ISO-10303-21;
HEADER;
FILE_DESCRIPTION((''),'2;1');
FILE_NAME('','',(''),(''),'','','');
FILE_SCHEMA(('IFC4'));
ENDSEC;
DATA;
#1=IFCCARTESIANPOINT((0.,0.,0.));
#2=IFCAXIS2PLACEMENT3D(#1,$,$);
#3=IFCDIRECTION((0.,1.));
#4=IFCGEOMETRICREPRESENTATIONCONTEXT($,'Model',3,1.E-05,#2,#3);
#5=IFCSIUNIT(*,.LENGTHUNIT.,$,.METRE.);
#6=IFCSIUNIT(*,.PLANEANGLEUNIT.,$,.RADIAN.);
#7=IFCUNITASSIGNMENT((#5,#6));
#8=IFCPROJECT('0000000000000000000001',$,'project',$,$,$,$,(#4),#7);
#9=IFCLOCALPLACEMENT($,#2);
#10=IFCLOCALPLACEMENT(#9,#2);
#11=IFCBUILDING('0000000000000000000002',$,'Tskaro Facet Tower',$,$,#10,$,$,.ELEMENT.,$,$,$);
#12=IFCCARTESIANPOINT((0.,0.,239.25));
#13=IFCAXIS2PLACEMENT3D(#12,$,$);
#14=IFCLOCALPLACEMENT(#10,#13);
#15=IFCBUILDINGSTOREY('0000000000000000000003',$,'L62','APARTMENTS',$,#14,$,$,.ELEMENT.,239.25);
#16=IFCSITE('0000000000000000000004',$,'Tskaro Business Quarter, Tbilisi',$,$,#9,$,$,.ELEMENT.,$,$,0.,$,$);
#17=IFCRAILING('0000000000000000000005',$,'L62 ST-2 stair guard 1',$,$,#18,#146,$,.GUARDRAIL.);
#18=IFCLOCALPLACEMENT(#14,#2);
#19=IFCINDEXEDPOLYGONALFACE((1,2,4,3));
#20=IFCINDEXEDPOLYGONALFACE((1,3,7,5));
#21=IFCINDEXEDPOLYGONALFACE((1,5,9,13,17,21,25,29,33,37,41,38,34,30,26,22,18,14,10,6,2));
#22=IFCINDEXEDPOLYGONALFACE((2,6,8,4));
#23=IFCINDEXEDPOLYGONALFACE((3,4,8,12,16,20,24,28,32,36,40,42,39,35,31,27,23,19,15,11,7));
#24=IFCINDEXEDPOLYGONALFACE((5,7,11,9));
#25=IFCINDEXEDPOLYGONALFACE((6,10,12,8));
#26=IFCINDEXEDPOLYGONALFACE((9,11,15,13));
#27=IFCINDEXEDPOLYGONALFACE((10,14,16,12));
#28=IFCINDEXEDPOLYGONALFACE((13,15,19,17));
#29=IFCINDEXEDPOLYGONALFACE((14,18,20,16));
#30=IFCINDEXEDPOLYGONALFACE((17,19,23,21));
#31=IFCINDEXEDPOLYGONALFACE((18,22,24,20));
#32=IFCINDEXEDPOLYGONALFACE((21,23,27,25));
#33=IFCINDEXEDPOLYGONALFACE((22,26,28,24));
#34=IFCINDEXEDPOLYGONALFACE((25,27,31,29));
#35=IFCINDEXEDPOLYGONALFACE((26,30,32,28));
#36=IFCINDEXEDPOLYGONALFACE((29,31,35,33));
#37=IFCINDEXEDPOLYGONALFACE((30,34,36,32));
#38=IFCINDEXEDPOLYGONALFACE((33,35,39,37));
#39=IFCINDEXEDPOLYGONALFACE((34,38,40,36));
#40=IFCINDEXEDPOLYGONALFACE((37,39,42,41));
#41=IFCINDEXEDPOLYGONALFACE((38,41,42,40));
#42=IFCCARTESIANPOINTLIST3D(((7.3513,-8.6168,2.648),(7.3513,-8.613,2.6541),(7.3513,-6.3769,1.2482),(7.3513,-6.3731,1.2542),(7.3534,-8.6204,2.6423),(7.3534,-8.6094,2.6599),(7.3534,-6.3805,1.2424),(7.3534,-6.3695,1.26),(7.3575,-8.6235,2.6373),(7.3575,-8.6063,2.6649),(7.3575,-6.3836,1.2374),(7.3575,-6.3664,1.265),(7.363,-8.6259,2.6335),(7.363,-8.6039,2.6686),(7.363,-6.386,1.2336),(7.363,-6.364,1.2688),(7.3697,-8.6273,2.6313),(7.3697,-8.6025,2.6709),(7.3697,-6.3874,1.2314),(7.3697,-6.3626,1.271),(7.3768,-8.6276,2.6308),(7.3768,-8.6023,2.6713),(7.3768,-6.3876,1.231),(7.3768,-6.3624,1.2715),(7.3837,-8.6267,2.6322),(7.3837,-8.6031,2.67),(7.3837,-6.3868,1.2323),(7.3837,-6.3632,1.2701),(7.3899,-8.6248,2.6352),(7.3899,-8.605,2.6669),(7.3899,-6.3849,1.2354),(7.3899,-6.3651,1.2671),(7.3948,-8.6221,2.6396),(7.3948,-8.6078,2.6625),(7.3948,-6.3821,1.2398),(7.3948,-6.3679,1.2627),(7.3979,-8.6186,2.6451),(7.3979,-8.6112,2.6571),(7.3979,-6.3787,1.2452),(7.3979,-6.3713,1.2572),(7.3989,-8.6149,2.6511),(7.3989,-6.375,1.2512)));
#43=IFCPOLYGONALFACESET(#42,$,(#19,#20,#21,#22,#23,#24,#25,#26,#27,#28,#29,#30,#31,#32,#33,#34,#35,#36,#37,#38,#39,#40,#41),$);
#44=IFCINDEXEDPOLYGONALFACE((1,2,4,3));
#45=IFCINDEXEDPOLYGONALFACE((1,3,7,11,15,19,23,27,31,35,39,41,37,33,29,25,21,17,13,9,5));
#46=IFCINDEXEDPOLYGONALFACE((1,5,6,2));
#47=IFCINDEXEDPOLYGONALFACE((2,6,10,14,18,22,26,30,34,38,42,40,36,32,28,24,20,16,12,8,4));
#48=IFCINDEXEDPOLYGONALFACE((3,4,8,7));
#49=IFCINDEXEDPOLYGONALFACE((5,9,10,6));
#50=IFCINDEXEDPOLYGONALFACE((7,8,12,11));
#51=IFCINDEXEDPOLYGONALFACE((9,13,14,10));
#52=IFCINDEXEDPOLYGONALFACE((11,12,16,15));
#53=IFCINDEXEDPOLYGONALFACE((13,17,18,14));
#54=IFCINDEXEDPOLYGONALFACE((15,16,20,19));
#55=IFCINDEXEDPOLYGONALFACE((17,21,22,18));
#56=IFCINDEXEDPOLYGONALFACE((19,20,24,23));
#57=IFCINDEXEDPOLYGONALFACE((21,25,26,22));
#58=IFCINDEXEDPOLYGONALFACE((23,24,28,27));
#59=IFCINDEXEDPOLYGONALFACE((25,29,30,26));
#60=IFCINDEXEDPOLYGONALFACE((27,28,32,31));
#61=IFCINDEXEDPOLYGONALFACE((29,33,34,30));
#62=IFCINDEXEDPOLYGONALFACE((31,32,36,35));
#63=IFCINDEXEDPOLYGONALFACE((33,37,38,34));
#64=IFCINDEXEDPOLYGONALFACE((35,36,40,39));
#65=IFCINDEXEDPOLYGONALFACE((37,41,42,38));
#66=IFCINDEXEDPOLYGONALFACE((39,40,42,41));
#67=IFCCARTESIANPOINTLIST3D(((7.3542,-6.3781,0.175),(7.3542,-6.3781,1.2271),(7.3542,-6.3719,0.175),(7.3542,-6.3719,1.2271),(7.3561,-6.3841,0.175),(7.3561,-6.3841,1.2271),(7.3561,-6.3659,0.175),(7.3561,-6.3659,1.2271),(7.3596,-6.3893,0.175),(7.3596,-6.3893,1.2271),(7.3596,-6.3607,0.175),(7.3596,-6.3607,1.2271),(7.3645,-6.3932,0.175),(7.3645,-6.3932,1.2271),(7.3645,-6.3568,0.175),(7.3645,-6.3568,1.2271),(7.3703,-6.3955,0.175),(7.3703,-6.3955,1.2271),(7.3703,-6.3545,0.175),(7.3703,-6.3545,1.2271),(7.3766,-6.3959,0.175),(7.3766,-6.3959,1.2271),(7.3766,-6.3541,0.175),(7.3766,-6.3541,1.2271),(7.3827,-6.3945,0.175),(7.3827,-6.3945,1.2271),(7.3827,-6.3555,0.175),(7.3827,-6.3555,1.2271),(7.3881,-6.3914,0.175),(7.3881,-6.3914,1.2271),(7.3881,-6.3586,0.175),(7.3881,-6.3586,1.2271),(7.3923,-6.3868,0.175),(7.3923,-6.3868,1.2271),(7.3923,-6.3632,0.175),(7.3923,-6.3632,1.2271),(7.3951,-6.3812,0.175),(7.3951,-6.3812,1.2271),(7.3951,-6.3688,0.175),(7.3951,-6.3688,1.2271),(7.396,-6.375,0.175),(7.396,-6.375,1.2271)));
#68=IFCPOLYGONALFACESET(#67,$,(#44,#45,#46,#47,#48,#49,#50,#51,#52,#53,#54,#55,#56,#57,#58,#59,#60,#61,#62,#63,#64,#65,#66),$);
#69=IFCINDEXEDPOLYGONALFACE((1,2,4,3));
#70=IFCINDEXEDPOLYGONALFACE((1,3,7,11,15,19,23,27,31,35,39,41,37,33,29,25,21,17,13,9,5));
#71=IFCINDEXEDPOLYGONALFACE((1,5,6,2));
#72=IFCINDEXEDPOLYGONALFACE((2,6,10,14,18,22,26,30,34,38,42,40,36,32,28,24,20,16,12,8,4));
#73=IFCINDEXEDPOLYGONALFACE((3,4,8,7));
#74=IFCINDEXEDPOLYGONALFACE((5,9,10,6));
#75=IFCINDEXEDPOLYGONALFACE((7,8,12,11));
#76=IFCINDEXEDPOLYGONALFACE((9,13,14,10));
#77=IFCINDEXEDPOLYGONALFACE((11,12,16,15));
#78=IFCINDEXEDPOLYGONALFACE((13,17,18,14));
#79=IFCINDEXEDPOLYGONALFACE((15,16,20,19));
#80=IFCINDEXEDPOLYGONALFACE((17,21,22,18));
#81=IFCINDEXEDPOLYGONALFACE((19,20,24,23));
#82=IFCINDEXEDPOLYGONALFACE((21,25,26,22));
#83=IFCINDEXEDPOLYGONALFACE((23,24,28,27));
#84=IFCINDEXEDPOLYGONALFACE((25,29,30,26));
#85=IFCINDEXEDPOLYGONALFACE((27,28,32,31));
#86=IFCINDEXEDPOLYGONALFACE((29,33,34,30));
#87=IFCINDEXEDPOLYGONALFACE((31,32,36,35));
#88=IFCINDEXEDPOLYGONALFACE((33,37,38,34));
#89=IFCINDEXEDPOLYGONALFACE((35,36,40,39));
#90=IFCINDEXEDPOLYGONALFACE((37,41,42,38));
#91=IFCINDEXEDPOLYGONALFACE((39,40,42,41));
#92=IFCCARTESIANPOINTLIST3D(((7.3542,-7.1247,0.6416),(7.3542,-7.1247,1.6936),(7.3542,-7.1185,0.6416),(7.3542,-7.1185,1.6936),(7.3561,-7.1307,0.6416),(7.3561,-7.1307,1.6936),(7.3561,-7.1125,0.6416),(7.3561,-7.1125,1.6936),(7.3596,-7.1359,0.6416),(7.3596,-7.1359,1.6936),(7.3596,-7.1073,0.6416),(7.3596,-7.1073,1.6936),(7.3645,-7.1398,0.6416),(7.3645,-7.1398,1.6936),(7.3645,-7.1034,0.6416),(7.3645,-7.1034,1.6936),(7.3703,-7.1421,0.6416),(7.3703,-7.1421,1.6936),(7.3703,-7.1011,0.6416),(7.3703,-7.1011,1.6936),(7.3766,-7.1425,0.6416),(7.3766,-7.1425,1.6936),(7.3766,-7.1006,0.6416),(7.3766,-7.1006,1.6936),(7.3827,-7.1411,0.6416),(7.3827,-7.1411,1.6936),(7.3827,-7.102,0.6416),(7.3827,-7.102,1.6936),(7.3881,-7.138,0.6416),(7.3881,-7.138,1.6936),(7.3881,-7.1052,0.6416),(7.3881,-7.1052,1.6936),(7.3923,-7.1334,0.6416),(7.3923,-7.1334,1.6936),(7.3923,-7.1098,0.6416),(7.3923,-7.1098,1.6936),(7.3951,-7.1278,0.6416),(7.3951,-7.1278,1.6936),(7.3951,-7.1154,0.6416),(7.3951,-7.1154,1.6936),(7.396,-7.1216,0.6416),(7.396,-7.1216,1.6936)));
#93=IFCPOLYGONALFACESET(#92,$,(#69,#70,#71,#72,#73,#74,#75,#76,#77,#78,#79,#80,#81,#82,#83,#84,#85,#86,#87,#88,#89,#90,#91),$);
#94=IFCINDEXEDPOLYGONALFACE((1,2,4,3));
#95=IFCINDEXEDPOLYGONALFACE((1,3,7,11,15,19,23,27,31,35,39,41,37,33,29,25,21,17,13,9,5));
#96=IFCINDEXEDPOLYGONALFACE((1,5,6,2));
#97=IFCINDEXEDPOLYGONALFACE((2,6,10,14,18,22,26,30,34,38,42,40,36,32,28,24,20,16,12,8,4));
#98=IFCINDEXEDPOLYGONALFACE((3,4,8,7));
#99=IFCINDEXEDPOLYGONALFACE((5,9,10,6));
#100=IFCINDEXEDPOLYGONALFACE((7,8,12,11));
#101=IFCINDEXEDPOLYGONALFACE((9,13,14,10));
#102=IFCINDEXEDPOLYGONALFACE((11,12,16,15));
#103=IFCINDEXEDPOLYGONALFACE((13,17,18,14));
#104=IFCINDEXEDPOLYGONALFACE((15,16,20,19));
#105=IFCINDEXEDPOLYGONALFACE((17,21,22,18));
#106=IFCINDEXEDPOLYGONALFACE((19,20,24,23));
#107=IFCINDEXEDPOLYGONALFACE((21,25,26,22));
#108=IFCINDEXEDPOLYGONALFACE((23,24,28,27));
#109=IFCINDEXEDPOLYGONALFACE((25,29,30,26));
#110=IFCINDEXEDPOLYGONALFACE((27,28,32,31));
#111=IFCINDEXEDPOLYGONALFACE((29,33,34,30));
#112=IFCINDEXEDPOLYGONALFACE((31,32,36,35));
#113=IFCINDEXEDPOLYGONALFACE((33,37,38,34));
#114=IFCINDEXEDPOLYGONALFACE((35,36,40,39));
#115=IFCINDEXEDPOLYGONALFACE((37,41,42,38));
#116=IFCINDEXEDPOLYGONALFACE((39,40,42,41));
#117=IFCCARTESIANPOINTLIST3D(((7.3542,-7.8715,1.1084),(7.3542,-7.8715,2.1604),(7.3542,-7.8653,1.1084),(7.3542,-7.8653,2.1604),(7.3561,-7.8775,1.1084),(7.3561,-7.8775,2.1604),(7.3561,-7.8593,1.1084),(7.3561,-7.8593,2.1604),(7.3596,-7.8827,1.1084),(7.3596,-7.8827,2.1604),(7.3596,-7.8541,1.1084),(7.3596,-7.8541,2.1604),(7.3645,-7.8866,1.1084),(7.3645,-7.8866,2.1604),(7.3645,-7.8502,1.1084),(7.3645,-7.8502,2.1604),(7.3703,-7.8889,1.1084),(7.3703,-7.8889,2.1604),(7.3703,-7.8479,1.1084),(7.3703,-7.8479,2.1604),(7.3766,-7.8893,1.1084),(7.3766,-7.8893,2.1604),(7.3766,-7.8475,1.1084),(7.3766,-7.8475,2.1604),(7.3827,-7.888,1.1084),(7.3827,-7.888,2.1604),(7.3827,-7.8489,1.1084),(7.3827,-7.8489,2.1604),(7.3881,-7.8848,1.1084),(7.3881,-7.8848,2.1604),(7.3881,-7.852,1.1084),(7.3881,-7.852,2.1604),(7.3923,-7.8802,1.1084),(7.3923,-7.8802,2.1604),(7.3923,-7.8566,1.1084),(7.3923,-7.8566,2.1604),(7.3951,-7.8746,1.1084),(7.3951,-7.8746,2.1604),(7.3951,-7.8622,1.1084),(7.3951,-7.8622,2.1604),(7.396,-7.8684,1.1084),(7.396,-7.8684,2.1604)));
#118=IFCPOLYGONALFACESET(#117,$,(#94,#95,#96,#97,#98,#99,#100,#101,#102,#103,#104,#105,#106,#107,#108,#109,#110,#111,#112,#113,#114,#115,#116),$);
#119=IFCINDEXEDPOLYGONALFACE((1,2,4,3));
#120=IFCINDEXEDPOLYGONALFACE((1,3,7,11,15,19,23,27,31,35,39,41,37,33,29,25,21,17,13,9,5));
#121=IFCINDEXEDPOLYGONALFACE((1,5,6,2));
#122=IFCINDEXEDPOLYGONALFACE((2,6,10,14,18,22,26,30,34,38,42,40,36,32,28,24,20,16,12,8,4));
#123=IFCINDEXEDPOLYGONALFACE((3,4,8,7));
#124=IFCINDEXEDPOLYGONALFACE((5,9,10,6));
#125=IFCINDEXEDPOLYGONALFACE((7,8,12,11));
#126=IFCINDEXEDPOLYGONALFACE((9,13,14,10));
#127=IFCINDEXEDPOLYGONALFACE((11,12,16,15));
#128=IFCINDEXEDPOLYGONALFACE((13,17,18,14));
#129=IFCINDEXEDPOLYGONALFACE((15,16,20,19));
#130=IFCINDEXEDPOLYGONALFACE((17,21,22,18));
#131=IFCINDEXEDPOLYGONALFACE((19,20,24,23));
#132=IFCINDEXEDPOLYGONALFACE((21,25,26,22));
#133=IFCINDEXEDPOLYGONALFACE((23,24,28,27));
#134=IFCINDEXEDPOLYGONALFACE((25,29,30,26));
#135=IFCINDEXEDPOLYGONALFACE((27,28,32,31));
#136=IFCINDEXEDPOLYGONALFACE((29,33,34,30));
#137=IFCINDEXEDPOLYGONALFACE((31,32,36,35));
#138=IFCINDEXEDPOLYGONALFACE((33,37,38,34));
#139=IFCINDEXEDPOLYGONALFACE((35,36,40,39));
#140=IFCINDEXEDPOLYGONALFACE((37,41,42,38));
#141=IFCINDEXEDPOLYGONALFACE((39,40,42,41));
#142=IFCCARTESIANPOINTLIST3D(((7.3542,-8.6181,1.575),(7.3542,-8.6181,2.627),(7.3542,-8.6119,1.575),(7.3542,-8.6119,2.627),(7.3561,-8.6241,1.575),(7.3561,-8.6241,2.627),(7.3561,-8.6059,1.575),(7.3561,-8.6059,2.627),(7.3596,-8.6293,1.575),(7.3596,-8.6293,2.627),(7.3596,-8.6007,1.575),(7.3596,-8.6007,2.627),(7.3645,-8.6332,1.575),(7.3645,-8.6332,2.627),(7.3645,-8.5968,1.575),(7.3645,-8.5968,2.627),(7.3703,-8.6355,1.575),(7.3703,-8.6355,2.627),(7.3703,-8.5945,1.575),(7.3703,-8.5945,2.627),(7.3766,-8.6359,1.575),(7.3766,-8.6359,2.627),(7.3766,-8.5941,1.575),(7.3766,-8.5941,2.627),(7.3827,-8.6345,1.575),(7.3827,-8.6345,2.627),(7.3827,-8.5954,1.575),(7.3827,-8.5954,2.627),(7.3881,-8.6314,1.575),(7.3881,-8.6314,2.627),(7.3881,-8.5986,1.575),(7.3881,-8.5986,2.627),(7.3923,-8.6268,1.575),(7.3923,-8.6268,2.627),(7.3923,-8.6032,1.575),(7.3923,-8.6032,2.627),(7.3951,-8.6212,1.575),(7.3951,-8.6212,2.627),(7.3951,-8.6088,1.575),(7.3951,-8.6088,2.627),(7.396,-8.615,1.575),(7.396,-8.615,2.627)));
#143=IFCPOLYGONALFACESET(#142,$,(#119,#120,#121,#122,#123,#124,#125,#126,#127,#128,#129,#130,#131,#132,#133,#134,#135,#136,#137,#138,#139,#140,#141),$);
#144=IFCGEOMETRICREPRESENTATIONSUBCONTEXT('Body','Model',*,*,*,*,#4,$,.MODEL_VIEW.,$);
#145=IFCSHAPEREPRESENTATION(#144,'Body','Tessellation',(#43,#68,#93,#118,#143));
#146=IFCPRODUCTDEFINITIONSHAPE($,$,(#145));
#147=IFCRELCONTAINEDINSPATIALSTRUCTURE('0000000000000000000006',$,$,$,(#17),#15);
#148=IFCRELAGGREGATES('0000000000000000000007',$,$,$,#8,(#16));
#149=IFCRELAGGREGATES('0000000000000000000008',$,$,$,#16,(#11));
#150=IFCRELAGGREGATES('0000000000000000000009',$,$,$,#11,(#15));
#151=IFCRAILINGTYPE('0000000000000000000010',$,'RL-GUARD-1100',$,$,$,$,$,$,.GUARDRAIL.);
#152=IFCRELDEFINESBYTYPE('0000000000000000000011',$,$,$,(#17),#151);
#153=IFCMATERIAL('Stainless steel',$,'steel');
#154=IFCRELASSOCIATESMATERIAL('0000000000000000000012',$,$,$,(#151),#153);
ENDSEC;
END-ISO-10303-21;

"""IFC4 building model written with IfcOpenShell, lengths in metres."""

from ifc_helpers import new_model, si_unit, direction, frame, origin, origin_2d, place, context, subcontext, project, spatial, circle, extrude, material, type_object, element, save


model = new_model("IFC4")

# Units and contexts
model_context = context("Model", 3, precision=1e-05, world=origin(), true_north=direction((0.0, 1.0)))
body_context = subcontext(model_context, "Body", "Model", "MODEL_VIEW")
ifc_project = project(units=[si_unit("LENGTHUNIT", "METRE"), si_unit("PLANEANGLEUNIT", "RADIAN")], contexts=[model_context])

# Site, building, storey
site_placement = place(None, origin())
site = spatial("IfcSite", under=ifc_project, at=site_placement, Name="Tskaro Business Quarter, Tbilisi", CompositionType="ELEMENT", RefElevation=0.0)
building_placement = place(site_placement, origin())
building = spatial("IfcBuilding", under=site, at=building_placement, Name="Tskaro Facet Tower", CompositionType="ELEMENT")
storey_placement = place(building_placement, frame((0.0, 0.0, 239.25)))
storey = spatial("IfcBuildingStorey", under=building, at=storey_placement, Name="L62", Description="APARTMENTS", CompositionType="ELEMENT", Elevation=239.25)

# Shared definitions
ifc_material_1 = material(Name="Stainless steel", Category="steel")

# Railing
railing_type = type_object("IfcRailingType", Name="RL-GUARD-1100", PredefinedType="GUARDRAIL", material=ifc_material_1)
railing_placement = place(storey_placement, frame((7.375, -6.375, 0.175)))
element("IfcRailing", 1, at=railing_placement, inside=storey, type_object=railing_type, Name="L62 ST-2 stair guard 1", PredefinedType="GUARDRAIL", context=body_context, shape_type="SweptSolid", body=[
    extrude(circle(Radius=0.0239, at=origin_2d()), frame((0.0, 0.0, 1.0762), z_axis=(0.0, -0.848014, 0.529974), x_axis=(1.0, 0.0, 0.0)), (0.0, 0.0, 1.0), 2.6414),
    extrude(circle(Radius=0.021, at=origin_2d()), origin(), (0.0, 0.0, 1.0), 1.052),
    extrude(circle(Radius=0.021, at=origin_2d()), frame((0.0, -0.7466, 0.4666)), (0.0, 0.0, 1.0), 1.052),
    extrude(circle(Radius=0.021, at=origin_2d()), frame((0.0, -1.4934, 0.9333)), (0.0, 0.0, 1.0), 1.052),
    extrude(circle(Radius=0.021, at=origin_2d()), frame((0.0, -2.24, 1.3999)), (0.0, 0.0, 1.0), 1.052),
])

save(model, "model.ifc")
